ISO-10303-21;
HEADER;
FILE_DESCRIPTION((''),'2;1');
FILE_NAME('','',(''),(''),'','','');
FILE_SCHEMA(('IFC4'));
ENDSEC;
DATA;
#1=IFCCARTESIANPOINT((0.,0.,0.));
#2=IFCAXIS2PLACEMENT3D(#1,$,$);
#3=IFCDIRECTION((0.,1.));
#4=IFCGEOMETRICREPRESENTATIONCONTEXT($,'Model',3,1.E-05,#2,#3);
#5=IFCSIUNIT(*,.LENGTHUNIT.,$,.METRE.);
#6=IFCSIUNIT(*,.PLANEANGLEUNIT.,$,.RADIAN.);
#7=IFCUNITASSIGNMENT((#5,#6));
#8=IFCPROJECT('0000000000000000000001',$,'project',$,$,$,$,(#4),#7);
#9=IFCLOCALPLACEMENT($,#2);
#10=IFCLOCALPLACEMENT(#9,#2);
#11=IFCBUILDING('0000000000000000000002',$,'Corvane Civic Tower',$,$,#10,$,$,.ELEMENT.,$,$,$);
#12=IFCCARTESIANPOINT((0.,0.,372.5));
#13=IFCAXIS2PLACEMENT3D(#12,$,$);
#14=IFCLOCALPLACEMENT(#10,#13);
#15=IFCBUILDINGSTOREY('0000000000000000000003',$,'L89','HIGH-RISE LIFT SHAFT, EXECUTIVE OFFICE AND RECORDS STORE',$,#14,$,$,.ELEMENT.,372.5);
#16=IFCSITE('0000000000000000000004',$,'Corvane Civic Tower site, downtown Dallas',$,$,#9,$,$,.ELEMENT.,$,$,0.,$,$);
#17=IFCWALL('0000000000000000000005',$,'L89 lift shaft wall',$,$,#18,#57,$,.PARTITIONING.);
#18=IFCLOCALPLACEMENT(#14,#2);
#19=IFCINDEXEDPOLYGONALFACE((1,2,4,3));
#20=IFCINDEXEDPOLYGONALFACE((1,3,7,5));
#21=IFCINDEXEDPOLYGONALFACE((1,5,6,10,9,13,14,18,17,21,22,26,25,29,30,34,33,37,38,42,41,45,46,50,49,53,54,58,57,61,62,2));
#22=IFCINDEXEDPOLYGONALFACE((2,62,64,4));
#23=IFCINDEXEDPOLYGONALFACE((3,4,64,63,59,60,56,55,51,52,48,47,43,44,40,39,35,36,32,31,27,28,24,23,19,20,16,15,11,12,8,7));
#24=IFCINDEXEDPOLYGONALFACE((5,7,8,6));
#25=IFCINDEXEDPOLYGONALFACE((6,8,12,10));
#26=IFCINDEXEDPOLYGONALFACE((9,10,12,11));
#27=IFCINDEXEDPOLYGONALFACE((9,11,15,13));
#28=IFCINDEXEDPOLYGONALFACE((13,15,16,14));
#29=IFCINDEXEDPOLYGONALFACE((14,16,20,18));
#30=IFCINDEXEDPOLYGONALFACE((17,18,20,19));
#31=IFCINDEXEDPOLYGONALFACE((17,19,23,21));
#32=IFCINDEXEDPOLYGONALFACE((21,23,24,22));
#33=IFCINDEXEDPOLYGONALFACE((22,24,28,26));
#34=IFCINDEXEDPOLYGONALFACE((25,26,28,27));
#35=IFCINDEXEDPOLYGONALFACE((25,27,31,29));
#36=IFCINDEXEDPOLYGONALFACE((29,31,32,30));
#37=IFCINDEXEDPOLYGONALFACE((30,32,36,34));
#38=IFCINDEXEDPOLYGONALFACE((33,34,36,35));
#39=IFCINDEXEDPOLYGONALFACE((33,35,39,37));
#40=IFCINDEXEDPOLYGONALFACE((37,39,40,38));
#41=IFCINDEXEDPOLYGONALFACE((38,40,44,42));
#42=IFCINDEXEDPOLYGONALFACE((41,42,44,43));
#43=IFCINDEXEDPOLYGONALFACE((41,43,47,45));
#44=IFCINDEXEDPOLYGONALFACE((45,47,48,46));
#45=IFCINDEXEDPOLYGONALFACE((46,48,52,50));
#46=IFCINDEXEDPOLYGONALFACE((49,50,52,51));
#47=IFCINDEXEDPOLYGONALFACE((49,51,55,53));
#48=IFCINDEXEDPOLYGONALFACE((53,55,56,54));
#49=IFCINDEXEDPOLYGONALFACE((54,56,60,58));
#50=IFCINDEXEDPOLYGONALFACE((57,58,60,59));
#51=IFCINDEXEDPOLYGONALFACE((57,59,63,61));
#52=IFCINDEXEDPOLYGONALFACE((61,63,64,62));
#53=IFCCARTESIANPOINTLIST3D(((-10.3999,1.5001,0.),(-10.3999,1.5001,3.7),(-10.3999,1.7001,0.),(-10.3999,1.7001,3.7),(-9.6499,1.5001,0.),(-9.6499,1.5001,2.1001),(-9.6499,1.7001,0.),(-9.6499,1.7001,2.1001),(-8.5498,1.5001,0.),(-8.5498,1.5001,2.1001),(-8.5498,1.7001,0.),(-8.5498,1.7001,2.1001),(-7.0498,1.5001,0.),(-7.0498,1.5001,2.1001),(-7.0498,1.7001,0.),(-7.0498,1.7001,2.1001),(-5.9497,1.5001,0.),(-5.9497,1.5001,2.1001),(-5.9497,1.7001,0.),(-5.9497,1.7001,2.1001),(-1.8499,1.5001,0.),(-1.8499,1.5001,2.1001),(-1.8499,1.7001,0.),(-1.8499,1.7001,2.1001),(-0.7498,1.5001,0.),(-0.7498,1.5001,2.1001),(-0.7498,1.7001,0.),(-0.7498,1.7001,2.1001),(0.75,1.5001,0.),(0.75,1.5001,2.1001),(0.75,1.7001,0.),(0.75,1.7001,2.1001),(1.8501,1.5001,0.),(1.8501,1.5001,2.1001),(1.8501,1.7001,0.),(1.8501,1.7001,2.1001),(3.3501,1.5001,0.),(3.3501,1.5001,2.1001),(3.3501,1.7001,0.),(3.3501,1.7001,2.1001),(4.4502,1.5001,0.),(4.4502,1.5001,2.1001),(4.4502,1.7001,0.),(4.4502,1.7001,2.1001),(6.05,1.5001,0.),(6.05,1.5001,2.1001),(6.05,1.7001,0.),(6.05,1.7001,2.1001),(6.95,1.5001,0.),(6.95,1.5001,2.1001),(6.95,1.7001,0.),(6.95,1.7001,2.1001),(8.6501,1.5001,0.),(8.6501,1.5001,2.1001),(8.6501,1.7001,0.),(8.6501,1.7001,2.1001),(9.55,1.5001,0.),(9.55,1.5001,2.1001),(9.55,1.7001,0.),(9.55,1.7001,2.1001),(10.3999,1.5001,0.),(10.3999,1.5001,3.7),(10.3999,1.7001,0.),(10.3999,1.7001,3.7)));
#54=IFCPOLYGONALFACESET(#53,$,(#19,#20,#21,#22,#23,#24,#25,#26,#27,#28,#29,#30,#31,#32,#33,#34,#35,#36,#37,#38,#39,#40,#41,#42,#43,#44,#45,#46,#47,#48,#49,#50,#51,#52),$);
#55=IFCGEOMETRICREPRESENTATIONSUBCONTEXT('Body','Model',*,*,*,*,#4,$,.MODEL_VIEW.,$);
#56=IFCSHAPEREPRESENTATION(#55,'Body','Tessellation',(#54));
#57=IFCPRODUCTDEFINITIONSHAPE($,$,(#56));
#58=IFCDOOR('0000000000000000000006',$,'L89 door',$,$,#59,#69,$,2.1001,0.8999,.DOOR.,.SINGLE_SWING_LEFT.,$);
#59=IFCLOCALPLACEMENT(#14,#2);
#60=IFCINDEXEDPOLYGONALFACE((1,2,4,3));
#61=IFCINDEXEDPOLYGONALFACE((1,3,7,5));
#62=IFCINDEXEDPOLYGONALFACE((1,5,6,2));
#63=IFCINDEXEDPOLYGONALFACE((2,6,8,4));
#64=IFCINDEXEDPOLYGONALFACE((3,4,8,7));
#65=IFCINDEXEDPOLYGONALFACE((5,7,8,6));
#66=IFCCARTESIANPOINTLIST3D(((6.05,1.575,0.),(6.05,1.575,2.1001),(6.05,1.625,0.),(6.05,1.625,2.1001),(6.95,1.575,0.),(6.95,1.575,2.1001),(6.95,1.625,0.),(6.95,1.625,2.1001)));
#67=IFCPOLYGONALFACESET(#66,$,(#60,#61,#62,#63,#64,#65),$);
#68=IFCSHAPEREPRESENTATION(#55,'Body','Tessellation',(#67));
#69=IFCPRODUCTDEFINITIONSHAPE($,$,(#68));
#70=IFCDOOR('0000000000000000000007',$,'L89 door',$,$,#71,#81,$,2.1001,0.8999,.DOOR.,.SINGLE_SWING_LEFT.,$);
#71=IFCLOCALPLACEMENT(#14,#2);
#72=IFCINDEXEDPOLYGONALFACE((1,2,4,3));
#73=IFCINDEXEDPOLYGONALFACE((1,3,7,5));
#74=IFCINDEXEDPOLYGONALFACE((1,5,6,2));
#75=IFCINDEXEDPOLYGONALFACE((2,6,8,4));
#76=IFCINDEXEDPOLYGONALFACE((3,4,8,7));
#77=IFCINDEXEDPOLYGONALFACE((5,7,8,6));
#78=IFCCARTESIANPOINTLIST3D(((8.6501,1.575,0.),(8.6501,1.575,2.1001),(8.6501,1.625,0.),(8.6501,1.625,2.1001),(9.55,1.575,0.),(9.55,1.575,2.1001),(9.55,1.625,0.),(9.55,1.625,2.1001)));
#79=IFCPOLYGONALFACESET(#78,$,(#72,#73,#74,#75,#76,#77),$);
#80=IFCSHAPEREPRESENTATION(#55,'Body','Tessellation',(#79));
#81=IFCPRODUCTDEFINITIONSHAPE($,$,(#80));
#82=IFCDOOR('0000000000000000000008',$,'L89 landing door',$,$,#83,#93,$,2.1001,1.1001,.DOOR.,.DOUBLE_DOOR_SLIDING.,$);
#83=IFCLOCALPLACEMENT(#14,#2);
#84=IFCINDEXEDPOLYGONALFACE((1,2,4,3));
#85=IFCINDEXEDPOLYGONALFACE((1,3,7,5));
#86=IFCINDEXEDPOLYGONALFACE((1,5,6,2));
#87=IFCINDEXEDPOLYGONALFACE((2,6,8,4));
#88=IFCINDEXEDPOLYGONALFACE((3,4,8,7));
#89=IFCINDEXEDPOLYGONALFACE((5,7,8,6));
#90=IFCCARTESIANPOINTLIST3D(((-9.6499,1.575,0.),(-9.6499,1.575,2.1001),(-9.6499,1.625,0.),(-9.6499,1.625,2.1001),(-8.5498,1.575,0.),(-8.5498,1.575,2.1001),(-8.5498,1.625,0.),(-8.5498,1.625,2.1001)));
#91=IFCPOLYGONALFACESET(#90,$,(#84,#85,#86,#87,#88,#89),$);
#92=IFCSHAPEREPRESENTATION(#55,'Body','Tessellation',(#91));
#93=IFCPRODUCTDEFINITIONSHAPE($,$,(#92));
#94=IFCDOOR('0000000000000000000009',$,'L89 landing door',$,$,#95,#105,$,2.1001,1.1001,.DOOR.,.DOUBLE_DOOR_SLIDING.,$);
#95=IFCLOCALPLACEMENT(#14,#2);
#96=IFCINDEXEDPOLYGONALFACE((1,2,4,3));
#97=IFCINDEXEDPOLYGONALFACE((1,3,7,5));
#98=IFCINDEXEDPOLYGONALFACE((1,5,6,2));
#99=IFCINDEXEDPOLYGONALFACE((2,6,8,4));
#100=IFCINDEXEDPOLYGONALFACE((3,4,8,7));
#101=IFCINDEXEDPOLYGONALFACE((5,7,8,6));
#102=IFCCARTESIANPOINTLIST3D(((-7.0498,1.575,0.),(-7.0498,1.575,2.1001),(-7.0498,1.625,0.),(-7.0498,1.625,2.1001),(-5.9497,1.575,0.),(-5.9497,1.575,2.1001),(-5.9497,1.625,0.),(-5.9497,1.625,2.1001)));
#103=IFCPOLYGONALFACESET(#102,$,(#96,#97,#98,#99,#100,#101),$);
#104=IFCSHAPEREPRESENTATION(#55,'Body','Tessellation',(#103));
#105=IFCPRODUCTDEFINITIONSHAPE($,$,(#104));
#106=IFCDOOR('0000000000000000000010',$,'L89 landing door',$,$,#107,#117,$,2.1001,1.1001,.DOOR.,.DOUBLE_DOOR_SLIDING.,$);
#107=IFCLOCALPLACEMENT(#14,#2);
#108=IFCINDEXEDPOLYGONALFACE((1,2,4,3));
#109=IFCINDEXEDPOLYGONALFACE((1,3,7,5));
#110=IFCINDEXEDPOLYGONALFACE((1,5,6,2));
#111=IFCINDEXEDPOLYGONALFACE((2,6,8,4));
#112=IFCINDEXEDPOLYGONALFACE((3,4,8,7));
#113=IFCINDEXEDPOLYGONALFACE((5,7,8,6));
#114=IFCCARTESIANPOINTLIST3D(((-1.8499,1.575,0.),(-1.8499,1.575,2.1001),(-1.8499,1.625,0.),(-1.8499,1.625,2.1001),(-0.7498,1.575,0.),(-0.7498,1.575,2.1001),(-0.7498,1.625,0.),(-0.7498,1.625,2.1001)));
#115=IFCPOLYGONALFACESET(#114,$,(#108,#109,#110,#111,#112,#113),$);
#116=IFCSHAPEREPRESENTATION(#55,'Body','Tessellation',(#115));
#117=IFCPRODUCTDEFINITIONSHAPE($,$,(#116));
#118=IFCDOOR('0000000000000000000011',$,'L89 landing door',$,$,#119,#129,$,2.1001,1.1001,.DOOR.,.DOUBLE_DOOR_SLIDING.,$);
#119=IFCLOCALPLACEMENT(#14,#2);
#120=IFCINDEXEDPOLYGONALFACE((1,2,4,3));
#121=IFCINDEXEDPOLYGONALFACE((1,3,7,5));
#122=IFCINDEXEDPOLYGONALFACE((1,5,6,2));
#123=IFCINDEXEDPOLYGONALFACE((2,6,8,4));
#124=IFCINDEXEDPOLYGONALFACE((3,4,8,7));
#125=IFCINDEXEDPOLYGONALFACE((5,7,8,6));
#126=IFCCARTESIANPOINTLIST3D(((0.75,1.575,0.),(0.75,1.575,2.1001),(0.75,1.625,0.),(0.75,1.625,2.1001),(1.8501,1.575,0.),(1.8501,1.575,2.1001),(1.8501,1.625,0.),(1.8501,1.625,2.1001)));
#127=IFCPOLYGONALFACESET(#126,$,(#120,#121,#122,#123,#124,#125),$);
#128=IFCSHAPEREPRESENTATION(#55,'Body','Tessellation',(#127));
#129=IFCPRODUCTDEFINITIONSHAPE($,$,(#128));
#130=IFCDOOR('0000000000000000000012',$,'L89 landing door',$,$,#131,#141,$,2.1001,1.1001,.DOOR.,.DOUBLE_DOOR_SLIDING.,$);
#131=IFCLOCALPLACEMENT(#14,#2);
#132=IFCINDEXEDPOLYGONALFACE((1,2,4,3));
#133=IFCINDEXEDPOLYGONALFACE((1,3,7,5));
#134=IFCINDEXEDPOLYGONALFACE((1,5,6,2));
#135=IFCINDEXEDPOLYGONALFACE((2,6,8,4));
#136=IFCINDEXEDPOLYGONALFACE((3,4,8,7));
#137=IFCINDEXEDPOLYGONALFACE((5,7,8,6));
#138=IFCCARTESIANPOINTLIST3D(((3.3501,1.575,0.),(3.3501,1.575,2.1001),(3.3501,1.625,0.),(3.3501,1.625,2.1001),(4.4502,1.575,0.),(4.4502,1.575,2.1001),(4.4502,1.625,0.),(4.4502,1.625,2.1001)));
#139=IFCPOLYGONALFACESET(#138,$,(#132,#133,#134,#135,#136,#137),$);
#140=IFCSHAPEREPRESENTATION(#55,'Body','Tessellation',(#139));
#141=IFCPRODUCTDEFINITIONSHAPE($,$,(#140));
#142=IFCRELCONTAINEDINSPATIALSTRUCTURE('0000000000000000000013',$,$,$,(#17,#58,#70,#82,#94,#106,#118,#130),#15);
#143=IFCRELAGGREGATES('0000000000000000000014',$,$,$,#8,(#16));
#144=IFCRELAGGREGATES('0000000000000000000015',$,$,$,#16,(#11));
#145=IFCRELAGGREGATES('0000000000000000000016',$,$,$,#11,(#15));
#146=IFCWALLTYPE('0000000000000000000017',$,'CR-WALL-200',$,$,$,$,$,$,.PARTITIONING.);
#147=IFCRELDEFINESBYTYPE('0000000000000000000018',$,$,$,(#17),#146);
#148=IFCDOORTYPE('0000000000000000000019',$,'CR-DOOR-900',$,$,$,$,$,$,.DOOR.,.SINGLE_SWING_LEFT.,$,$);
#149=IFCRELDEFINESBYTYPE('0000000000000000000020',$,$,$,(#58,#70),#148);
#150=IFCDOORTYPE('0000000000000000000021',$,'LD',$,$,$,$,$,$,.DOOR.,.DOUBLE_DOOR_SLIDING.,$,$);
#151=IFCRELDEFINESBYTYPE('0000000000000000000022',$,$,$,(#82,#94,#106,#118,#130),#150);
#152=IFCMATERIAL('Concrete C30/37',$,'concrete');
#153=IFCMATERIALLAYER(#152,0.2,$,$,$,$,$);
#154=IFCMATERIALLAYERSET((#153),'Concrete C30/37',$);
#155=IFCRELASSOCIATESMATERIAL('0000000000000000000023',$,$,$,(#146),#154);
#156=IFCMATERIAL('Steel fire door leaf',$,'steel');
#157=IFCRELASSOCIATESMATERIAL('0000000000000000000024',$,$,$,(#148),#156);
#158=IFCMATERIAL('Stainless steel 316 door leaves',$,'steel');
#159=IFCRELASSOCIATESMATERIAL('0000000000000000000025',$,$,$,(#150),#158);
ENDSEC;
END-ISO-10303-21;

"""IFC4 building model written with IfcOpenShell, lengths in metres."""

from ifc_helpers import new_model, si_unit, direction, frame, frame_2d, origin, place, context, subcontext, project, spatial, rectangle, extrude, material, layer, layer_set, type_object, element, fill, save


model = new_model("IFC4")

# Units and contexts
model_context = context("Model", 3, precision=1e-05, world=origin(), true_north=direction((0.0, 1.0)))
body_context = subcontext(model_context, "Body", "Model", "MODEL_VIEW")
ifc_project = project(units=[si_unit("LENGTHUNIT", "METRE"), si_unit("PLANEANGLEUNIT", "RADIAN")], contexts=[model_context])

# Site, building, storey
site_placement = place(None, origin())
site = spatial("IfcSite", under=ifc_project, at=site_placement, Name="Corvane Civic Tower site, downtown Dallas", CompositionType="ELEMENT", RefElevation=0.0)
building_placement = place(site_placement, origin())
building = spatial("IfcBuilding", under=site, at=building_placement, Name="Corvane Civic Tower", CompositionType="ELEMENT")
storey_placement = place(building_placement, frame((0.0, 0.0, 372.5)))
storey = spatial("IfcBuildingStorey", under=building, at=storey_placement, Name="L89", Description="HIGH-RISE LIFT SHAFT, EXECUTIVE OFFICE AND RECORDS STORE", CompositionType="ELEMENT", Elevation=372.5)

# Wall, openings, doors
ifc_material_1 = material(Name="Concrete C30/37", Category="concrete")
ifc_layer_1 = layer(ifc_material_1, 0.2)
ifc_layer_set_1 = layer_set([ifc_layer_1], Name="Concrete C30/37")
wall_type_1 = type_object("IfcWallType", Name="CR-WALL-200", PredefinedType="PARTITIONING", material=ifc_layer_set_1)
wall_1_placement = place(storey_placement, frame((-10.3999, 1.6001, 0.0), z_axis=(0.0, 0.0, 1.0), x_axis=(1.0, 0.0, 0.0)))
wall_1 = element("IfcWall", 1, at=wall_1_placement, inside=storey, type_object=wall_type_1, Name="L89 lift shaft wall", PredefinedType="PARTITIONING", context=body_context, shape_type="SweptSolid", body=[
    extrude(rectangle(XDim=20.7998, YDim=0.2, at=frame_2d((10.3999, 0.0))), origin(), (0.0, 0.0, 1.0), 3.7),
])
opening_1_placement = place(wall_1_placement, frame((0.75, 0.0, 0.0)))
opening_1 = element("IfcOpeningElement", 2, at=opening_1_placement, cuts=wall_1, PredefinedType="OPENING", context=body_context, shape_type="SweptSolid", body=[
    extrude(rectangle(XDim=1.1001, YDim=2.1001, at=frame_2d((0.55, 1.05))), frame((0.0, 0.1099, 0.0), z_axis=(0.0, -1.0, 0.0), x_axis=(1.0, 0.0, 0.0)), (0.0, 0.0, 1.0), 0.22),
])
opening_2_placement = place(wall_1_placement, frame((3.3501, 0.0, 0.0)))
opening_2 = element("IfcOpeningElement", 3, at=opening_2_placement, cuts=wall_1, PredefinedType="OPENING", context=body_context, shape_type="SweptSolid", body=[
    extrude(rectangle(XDim=1.1001, YDim=2.1001, at=frame_2d((0.55, 1.05))), frame((0.0, 0.1099, 0.0), z_axis=(0.0, -1.0, 0.0), x_axis=(1.0, 0.0, 0.0)), (0.0, 0.0, 1.0), 0.22),
])
opening_3_placement = place(wall_1_placement, frame((8.55, 0.0, 0.0)))
opening_3 = element("IfcOpeningElement", 4, at=opening_3_placement, cuts=wall_1, PredefinedType="OPENING", context=body_context, shape_type="SweptSolid", body=[
    extrude(rectangle(XDim=1.1001, YDim=2.1001, at=frame_2d((0.55, 1.05))), frame((0.0, 0.1099, 0.0), z_axis=(0.0, -1.0, 0.0), x_axis=(1.0, 0.0, 0.0)), (0.0, 0.0, 1.0), 0.22),
])
opening_4_placement = place(wall_1_placement, frame((11.1499, 0.0, 0.0)))
opening_4 = element("IfcOpeningElement", 5, at=opening_4_placement, cuts=wall_1, PredefinedType="OPENING", context=body_context, shape_type="SweptSolid", body=[
    extrude(rectangle(XDim=1.1001, YDim=2.1001, at=frame_2d((0.55, 1.05))), frame((0.0, 0.1099, 0.0), z_axis=(0.0, -1.0, 0.0), x_axis=(1.0, 0.0, 0.0)), (0.0, 0.0, 1.0), 0.22),
])
opening_5_placement = place(wall_1_placement, frame((13.75, 0.0, 0.0)))
opening_5 = element("IfcOpeningElement", 6, at=opening_5_placement, cuts=wall_1, PredefinedType="OPENING", context=body_context, shape_type="SweptSolid", body=[
    extrude(rectangle(XDim=1.1001, YDim=2.1001, at=frame_2d((0.55, 1.05))), frame((0.0, 0.1099, 0.0), z_axis=(0.0, -1.0, 0.0), x_axis=(1.0, 0.0, 0.0)), (0.0, 0.0, 1.0), 0.22),
])
opening_6_placement = place(wall_1_placement, frame((16.45, 0.0, 0.0)))
opening_6 = element("IfcOpeningElement", 7, at=opening_6_placement, cuts=wall_1, PredefinedType="OPENING", context=body_context, shape_type="SweptSolid", body=[
    extrude(rectangle(XDim=0.8999, YDim=2.1001, at=frame_2d((0.45, 1.05))), frame((0.0, 0.1099, 0.0), z_axis=(0.0, -1.0, 0.0), x_axis=(1.0, 0.0, 0.0)), (0.0, 0.0, 1.0), 0.22),
])
opening_7_placement = place(wall_1_placement, frame((19.05, 0.0, 0.0)))
opening_7 = element("IfcOpeningElement", 8, at=opening_7_placement, cuts=wall_1, PredefinedType="OPENING", context=body_context, shape_type="SweptSolid", body=[
    extrude(rectangle(XDim=0.8999, YDim=2.1001, at=frame_2d((0.45, 1.05))), frame((0.0, 0.1099, 0.0), z_axis=(0.0, -1.0, 0.0), x_axis=(1.0, 0.0, 0.0)), (0.0, 0.0, 1.0), 0.22),
])
ifc_material_2 = material(Name="Steel fire door leaf", Category="steel")
door_type_1 = type_object("IfcDoorType", Name="CR-DOOR-900", OperationType="SINGLE_SWING_LEFT", PredefinedType="DOOR", material=ifc_material_2)
door_1_placement = place(opening_6_placement, origin())
door_1 = element("IfcDoor", 9, at=door_1_placement, inside=storey, type_object=door_type_1, Name="L89 door", OperationType="SINGLE_SWING_LEFT", OverallHeight=2.1001, OverallWidth=0.8999, PredefinedType="DOOR", context=body_context, shape_type="SweptSolid", body=[
    extrude(rectangle(XDim=0.8999, YDim=2.1001, at=frame_2d((0.45, 1.05))), frame((0.0, 0.0249, 0.0), z_axis=(0.0, -1.0, 0.0), x_axis=(1.0, 0.0, 0.0)), (0.0, 0.0, 1.0), 0.05),
])
fill(opening_6, door_1)
door_2_placement = place(opening_7_placement, origin())
door_2 = element("IfcDoor", 10, at=door_2_placement, inside=storey, type_object=door_type_1, Name="L89 door", OperationType="SINGLE_SWING_LEFT", OverallHeight=2.1001, OverallWidth=0.8999, PredefinedType="DOOR", context=body_context, shape_type="SweptSolid", body=[
    extrude(rectangle(XDim=0.8999, YDim=2.1001, at=frame_2d((0.45, 1.05))), frame((0.0, 0.0249, 0.0), z_axis=(0.0, -1.0, 0.0), x_axis=(1.0, 0.0, 0.0)), (0.0, 0.0, 1.0), 0.05),
])
fill(opening_7, door_2)
ifc_material_3 = material(Name="Stainless steel 316 door leaves", Category="steel")
door_type_2 = type_object("IfcDoorType", Name="LD", OperationType="DOUBLE_DOOR_SLIDING", PredefinedType="DOOR", material=ifc_material_3)
door_3_placement = place(opening_1_placement, origin())
door_3 = element("IfcDoor", 11, at=door_3_placement, inside=storey, type_object=door_type_2, Name="L89 landing door", OperationType="DOUBLE_DOOR_SLIDING", OverallHeight=2.1001, OverallWidth=1.1001, PredefinedType="DOOR", context=body_context, shape_type="SweptSolid", body=[
    extrude(rectangle(XDim=1.1001, YDim=2.1001, at=frame_2d((0.55, 1.05))), frame((0.0, 0.0249, 0.0), z_axis=(0.0, -1.0, 0.0), x_axis=(1.0, 0.0, 0.0)), (0.0, 0.0, 1.0), 0.05),
])
fill(opening_1, door_3)
door_4_placement = place(opening_2_placement, origin())
door_4 = element("IfcDoor", 12, at=door_4_placement, inside=storey, type_object=door_type_2, Name="L89 landing door", OperationType="DOUBLE_DOOR_SLIDING", OverallHeight=2.1001, OverallWidth=1.1001, PredefinedType="DOOR", context=body_context, shape_type="SweptSolid", body=[
    extrude(rectangle(XDim=1.1001, YDim=2.1001, at=frame_2d((0.55, 1.05))), frame((0.0, 0.0249, 0.0), z_axis=(0.0, -1.0, 0.0), x_axis=(1.0, 0.0, 0.0)), (0.0, 0.0, 1.0), 0.05),
])
fill(opening_2, door_4)
door_5_placement = place(opening_3_placement, origin())
door_5 = element("IfcDoor", 13, at=door_5_placement, inside=storey, type_object=door_type_2, Name="L89 landing door", OperationType="DOUBLE_DOOR_SLIDING", OverallHeight=2.1001, OverallWidth=1.1001, PredefinedType="DOOR", context=body_context, shape_type="SweptSolid", body=[
    extrude(rectangle(XDim=1.1001, YDim=2.1001, at=frame_2d((0.55, 1.05))), frame((0.0, 0.0249, 0.0), z_axis=(0.0, -1.0, 0.0), x_axis=(1.0, 0.0, 0.0)), (0.0, 0.0, 1.0), 0.05),
])
fill(opening_3, door_5)
door_6_placement = place(opening_4_placement, origin())
door_6 = element("IfcDoor", 14, at=door_6_placement, inside=storey, type_object=door_type_2, Name="L89 landing door", OperationType="DOUBLE_DOOR_SLIDING", OverallHeight=2.1001, OverallWidth=1.1001, PredefinedType="DOOR", context=body_context, shape_type="SweptSolid", body=[
    extrude(rectangle(XDim=1.1001, YDim=2.1001, at=frame_2d((0.55, 1.05))), frame((0.0, 0.0249, 0.0), z_axis=(0.0, -1.0, 0.0), x_axis=(1.0, 0.0, 0.0)), (0.0, 0.0, 1.0), 0.05),
])
fill(opening_4, door_6)
door_7_placement = place(opening_5_placement, origin())
door_7 = element("IfcDoor", 15, at=door_7_placement, inside=storey, type_object=door_type_2, Name="L89 landing door", OperationType="DOUBLE_DOOR_SLIDING", OverallHeight=2.1001, OverallWidth=1.1001, PredefinedType="DOOR", context=body_context, shape_type="SweptSolid", body=[
    extrude(rectangle(XDim=1.1001, YDim=2.1001, at=frame_2d((0.55, 1.05))), frame((0.0, 0.0249, 0.0), z_axis=(0.0, -1.0, 0.0), x_axis=(1.0, 0.0, 0.0)), (0.0, 0.0, 1.0), 0.05),
])
fill(opening_5, door_7)

save(model, "model.ifc")
